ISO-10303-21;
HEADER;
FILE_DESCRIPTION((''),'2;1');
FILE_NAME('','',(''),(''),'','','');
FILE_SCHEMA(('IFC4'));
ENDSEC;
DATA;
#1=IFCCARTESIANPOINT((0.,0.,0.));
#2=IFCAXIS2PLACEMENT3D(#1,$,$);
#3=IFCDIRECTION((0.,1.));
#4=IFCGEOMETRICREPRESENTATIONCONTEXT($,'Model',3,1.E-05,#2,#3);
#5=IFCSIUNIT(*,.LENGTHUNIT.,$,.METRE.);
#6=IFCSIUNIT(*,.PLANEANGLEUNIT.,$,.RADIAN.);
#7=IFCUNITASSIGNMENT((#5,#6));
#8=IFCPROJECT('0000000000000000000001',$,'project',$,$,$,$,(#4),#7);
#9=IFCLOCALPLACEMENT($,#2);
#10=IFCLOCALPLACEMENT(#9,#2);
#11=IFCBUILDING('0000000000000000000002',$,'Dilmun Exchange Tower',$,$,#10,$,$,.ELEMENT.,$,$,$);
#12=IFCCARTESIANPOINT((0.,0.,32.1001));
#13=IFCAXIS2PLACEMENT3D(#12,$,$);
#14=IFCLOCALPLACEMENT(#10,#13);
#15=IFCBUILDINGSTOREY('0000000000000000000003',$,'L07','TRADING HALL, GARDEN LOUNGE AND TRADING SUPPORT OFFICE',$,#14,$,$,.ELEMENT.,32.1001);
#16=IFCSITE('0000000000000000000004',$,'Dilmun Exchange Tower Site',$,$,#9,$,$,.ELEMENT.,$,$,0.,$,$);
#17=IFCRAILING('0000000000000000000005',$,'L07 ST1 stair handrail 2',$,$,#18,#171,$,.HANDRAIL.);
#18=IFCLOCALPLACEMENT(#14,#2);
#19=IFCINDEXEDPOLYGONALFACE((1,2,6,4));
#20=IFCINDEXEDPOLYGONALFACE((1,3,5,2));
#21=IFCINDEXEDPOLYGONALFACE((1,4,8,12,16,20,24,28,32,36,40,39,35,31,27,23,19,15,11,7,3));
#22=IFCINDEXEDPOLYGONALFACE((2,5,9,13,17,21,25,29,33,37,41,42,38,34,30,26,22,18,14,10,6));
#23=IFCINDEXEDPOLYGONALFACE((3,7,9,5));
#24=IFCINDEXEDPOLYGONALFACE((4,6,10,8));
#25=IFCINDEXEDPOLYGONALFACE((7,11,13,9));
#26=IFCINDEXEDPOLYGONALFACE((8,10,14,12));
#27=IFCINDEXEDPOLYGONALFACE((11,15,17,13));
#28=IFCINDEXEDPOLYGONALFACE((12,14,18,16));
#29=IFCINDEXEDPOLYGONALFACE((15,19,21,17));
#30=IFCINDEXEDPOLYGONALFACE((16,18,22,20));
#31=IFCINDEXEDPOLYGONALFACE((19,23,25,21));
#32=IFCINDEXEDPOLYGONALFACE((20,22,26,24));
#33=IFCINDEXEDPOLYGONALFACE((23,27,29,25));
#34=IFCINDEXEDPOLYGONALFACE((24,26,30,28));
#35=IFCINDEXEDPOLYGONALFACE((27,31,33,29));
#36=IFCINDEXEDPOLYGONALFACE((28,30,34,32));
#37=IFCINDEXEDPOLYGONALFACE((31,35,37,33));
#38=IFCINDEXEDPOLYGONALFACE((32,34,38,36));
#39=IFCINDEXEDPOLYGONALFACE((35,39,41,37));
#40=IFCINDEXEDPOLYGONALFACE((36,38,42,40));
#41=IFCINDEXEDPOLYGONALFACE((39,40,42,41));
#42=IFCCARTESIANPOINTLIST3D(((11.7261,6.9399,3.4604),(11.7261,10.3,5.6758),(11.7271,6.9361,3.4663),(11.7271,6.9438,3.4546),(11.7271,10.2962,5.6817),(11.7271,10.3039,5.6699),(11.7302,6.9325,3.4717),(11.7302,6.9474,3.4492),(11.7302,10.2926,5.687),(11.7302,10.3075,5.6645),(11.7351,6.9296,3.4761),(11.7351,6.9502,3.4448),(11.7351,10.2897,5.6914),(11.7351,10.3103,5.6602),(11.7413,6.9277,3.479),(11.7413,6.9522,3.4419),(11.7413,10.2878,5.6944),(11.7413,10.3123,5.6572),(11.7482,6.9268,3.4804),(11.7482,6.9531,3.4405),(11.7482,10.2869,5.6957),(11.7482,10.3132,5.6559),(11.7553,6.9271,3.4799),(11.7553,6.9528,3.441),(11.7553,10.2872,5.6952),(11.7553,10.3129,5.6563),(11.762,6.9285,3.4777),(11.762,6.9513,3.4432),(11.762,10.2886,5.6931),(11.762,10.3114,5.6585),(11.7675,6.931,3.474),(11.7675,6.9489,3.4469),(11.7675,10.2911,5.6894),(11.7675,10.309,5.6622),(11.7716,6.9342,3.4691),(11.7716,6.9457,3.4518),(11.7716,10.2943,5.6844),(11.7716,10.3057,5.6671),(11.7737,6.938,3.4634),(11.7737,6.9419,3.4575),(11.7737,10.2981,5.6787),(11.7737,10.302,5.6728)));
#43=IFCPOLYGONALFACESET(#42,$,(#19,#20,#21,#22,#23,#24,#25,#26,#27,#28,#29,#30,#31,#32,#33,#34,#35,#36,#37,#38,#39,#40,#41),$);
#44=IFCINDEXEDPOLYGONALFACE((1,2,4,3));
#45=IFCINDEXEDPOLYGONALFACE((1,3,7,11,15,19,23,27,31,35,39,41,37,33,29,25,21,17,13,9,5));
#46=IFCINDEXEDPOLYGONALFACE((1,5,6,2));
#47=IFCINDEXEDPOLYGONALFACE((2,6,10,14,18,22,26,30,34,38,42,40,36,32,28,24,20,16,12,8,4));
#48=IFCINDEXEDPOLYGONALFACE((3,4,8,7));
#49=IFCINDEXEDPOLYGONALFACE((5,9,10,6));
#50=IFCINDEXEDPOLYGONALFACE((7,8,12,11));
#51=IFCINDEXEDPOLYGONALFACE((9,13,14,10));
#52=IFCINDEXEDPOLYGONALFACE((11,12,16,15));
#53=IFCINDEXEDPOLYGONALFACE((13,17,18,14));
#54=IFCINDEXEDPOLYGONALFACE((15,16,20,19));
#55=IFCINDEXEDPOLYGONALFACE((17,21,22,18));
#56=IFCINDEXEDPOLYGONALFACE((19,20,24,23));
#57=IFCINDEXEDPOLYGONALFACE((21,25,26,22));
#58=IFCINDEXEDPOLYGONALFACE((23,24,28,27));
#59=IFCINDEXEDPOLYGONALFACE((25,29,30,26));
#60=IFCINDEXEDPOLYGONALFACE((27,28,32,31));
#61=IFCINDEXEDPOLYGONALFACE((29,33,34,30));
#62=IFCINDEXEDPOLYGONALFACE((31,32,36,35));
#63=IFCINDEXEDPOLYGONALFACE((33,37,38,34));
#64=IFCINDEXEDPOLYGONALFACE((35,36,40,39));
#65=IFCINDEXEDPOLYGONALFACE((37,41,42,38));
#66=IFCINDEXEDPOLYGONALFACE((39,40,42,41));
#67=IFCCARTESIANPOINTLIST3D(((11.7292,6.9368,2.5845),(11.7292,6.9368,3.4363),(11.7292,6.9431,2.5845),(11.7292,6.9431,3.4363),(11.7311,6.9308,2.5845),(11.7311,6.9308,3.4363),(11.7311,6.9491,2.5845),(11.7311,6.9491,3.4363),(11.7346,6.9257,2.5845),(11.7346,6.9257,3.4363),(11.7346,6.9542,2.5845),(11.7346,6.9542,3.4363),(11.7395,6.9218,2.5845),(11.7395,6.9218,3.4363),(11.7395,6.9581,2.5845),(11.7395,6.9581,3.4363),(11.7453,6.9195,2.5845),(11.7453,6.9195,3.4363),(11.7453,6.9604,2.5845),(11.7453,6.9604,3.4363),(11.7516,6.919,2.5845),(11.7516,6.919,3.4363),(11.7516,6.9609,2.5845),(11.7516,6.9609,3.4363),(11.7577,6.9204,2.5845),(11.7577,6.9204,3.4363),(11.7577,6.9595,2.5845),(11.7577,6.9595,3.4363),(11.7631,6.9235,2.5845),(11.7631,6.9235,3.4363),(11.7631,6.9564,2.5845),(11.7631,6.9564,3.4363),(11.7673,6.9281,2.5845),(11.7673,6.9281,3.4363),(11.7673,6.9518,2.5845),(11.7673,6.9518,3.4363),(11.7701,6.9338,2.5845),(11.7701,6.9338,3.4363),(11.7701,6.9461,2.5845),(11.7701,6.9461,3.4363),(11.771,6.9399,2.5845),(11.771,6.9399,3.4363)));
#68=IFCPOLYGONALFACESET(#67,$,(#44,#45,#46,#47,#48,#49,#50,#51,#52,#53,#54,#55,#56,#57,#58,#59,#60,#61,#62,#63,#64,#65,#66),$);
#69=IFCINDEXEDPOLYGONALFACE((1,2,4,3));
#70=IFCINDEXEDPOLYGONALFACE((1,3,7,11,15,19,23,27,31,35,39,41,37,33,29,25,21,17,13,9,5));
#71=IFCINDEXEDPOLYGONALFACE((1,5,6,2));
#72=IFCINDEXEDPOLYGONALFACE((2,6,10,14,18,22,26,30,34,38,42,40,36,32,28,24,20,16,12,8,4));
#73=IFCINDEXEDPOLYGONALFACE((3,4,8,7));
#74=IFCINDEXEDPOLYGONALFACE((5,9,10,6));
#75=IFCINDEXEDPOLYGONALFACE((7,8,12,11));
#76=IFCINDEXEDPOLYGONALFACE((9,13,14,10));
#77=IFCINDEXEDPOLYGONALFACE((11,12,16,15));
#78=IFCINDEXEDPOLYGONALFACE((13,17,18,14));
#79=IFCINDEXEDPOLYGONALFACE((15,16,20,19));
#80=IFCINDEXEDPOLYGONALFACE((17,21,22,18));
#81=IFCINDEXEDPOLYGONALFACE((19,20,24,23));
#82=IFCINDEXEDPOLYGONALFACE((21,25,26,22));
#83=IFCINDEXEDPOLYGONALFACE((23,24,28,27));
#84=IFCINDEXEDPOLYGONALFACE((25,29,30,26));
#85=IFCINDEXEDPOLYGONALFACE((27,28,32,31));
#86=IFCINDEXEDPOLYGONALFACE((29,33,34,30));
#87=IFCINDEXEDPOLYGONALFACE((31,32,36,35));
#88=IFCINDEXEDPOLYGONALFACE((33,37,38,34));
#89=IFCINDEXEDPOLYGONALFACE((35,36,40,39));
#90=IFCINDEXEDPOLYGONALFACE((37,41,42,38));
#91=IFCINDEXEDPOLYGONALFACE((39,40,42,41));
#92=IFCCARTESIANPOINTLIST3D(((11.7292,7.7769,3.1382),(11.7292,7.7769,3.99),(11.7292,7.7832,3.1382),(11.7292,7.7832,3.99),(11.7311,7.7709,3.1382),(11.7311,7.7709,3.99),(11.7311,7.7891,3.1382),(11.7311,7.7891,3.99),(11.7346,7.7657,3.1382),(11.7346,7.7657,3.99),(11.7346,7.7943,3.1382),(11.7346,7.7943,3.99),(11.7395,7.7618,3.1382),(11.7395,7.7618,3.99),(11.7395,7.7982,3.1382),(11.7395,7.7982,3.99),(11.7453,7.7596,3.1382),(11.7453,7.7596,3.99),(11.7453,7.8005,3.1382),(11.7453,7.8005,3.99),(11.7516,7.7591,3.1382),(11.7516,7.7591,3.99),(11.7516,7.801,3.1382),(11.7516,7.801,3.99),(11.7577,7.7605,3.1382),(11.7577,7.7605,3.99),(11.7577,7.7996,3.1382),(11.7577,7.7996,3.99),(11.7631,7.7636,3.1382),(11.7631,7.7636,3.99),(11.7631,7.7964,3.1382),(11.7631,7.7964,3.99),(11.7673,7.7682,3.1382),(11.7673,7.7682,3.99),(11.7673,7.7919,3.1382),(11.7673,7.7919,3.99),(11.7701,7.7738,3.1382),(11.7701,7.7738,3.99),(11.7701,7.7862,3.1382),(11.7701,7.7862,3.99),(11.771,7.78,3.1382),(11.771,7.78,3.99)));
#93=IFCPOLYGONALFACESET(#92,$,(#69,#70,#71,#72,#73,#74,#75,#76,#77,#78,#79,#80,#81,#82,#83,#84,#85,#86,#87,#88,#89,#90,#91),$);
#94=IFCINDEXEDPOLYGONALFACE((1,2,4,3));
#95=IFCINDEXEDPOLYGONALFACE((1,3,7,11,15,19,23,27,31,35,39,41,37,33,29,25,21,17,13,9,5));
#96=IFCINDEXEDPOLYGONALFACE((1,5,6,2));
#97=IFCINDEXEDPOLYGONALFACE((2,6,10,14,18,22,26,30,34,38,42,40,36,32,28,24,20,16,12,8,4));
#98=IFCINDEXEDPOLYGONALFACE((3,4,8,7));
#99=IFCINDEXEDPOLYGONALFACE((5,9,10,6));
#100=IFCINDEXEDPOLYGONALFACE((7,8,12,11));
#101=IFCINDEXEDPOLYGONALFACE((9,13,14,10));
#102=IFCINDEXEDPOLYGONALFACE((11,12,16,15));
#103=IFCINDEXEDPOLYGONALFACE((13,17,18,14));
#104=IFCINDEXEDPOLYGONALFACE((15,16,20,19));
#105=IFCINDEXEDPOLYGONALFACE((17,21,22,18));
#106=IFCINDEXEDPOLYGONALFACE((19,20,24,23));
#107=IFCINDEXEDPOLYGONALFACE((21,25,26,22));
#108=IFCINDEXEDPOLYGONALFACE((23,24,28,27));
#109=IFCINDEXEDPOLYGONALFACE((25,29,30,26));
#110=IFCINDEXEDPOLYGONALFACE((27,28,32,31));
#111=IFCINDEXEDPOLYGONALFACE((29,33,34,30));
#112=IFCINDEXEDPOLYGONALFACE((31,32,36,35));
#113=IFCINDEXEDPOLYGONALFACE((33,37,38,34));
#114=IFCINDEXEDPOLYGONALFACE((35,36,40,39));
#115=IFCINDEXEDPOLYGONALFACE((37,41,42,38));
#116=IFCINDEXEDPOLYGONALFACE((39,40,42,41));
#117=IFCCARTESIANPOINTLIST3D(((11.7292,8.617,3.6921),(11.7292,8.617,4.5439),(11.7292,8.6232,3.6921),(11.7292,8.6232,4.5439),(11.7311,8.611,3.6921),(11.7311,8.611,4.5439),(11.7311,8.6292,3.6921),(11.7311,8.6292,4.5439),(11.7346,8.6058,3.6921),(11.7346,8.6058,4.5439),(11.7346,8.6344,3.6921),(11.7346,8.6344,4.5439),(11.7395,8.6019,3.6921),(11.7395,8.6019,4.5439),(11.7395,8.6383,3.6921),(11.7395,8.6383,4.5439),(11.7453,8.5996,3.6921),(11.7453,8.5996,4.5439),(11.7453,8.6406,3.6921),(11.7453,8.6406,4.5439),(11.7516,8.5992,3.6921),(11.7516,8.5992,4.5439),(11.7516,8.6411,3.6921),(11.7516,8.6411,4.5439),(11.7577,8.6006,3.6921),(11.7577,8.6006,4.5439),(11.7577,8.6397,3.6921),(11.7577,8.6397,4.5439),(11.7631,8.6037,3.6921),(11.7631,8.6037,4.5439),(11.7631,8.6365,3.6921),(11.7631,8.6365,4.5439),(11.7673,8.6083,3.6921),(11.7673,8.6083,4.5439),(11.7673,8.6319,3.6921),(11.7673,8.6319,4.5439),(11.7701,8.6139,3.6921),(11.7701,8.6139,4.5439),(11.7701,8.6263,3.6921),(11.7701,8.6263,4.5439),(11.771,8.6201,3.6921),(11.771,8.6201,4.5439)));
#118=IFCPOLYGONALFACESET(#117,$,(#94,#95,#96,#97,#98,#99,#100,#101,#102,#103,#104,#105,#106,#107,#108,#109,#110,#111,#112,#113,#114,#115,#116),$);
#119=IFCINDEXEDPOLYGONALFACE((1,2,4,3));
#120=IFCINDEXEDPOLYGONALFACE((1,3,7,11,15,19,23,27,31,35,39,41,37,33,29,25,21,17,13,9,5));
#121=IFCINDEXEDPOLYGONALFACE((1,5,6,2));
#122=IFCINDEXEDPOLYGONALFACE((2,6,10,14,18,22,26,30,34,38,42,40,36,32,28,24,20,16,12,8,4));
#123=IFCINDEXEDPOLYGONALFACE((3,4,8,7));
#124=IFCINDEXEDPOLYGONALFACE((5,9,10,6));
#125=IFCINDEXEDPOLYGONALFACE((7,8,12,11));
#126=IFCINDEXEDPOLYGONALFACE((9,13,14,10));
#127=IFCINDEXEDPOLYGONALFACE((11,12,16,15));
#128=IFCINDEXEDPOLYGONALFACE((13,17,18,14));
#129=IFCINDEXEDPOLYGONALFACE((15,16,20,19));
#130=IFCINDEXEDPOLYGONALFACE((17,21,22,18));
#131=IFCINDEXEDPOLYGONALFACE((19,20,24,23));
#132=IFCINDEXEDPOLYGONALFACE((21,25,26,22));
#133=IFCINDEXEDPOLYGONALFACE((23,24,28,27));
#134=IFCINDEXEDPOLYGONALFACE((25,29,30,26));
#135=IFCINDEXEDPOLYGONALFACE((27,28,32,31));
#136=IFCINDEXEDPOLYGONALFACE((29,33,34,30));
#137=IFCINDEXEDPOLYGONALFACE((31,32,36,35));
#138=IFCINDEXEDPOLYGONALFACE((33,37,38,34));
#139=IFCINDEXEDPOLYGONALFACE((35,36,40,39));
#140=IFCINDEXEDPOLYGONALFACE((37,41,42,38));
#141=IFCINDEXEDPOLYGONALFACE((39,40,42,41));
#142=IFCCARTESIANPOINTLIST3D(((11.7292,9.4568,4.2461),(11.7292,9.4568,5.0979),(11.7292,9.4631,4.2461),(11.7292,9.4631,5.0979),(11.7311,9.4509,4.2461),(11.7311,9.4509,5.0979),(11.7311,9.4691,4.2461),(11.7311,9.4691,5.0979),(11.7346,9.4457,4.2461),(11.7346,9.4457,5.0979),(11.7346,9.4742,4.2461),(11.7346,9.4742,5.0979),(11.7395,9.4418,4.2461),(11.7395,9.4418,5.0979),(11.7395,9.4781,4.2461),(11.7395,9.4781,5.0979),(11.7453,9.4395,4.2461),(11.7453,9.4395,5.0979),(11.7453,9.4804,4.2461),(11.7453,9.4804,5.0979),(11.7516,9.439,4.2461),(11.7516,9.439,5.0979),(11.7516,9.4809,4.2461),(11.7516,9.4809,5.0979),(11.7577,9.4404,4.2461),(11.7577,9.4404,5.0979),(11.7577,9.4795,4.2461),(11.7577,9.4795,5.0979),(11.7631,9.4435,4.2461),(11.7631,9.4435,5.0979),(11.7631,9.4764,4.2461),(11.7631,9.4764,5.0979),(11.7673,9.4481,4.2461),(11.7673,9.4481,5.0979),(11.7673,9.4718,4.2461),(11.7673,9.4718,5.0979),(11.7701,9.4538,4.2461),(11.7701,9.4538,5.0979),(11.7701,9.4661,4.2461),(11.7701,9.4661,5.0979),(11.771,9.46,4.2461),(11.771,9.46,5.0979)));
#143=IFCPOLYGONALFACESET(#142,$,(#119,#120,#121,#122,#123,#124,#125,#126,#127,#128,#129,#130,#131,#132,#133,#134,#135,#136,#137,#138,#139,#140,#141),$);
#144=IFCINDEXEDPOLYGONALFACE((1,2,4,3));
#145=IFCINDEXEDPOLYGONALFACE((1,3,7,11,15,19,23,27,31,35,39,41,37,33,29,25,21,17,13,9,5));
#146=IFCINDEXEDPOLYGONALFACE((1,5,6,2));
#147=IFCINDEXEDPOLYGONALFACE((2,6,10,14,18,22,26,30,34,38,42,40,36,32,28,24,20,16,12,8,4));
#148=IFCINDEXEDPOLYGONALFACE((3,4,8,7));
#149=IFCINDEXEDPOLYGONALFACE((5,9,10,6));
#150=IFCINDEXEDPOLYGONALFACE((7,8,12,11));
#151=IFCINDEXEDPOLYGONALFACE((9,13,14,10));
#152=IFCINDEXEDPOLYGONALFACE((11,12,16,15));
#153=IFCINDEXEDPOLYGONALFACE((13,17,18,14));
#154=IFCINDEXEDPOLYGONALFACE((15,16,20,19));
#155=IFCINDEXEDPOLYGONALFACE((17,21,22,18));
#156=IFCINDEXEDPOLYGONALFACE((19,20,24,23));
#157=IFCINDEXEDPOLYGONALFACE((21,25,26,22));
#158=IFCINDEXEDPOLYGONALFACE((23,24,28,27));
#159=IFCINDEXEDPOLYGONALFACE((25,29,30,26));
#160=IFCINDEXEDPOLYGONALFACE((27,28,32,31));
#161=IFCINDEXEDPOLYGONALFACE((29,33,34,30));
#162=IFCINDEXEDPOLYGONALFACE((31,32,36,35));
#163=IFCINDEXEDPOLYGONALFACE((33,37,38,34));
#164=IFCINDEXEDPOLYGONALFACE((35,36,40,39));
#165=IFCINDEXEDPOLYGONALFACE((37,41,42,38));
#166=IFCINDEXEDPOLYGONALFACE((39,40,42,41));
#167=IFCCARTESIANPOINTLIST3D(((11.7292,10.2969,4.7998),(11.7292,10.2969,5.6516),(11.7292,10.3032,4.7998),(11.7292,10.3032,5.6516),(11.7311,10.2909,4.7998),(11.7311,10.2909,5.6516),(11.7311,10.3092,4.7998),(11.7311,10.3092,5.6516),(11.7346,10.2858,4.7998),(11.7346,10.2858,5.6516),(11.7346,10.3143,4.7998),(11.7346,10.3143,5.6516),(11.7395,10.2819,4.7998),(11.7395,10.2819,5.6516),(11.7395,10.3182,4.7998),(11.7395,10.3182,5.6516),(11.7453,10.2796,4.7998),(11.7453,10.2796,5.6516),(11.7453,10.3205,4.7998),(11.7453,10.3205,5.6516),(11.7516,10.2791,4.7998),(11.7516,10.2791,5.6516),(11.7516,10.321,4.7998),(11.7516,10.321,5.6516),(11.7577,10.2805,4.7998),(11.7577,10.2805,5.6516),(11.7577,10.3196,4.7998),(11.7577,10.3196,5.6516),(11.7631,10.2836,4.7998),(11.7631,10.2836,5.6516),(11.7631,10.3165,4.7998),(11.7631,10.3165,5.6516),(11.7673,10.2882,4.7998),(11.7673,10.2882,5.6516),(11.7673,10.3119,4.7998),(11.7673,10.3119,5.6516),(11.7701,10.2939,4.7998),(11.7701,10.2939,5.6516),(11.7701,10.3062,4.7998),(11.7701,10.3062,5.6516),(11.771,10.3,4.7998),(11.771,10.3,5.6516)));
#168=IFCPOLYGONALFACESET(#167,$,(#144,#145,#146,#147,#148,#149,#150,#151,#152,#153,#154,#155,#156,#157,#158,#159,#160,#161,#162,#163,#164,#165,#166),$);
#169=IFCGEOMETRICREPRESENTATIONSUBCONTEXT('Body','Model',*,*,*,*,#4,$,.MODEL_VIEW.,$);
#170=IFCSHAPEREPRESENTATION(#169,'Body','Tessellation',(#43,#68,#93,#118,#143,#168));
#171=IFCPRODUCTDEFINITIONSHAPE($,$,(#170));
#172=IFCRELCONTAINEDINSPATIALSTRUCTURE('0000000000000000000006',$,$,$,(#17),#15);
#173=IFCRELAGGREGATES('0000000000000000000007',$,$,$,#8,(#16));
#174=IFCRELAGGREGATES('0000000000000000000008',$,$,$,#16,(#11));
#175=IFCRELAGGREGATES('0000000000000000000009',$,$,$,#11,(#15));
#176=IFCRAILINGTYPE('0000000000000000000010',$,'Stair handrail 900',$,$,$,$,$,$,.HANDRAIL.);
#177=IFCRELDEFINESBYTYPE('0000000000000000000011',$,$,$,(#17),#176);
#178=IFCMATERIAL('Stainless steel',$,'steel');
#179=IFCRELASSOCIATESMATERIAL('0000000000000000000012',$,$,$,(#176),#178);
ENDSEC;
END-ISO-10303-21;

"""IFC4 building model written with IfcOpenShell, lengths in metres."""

from ifc_helpers import new_model, si_unit, direction, frame, origin, origin_2d, place, context, subcontext, project, spatial, circle, extrude, material, type_object, element, save


model = new_model("IFC4")

# Units and contexts
model_context = context("Model", 3, precision=1e-05, world=origin(), true_north=direction((0.0, 1.0)))
body_context = subcontext(model_context, "Body", "Model", "MODEL_VIEW")
ifc_project = project(units=[si_unit("LENGTHUNIT", "METRE"), si_unit("PLANEANGLEUNIT", "RADIAN")], contexts=[model_context])

# Site, building, storey
site_placement = place(None, origin())
site = spatial("IfcSite", under=ifc_project, at=site_placement, Name="Dilmun Exchange Tower Site", CompositionType="ELEMENT", RefElevation=0.0)
building_placement = place(site_placement, origin())
building = spatial("IfcBuilding", under=site, at=building_placement, Name="Dilmun Exchange Tower", CompositionType="ELEMENT")
storey_placement = place(building_placement, frame((0.0, 0.0, 32.1001)))
storey = spatial("IfcBuildingStorey", under=building, at=storey_placement, Name="L07", Description="TRADING HALL, GARDEN LOUNGE AND TRADING SUPPORT OFFICE", CompositionType="ELEMENT", Elevation=32.1001)

# Railing
ifc_material_1 = material(Name="Stainless steel", Category="steel")
railing_type = type_object("IfcRailingType", Name="Stair handrail 900", PredefinedType="HANDRAIL", material=ifc_material_1)
railing_placement = place(storey_placement, frame((11.75, 6.9399, 2.5845)))
element("IfcRailing", 1, at=railing_placement, inside=storey, type_object=railing_type, Name="L07 ST1 stair handrail 2", PredefinedType="HANDRAIL", context=body_context, shape_type="SweptSolid", body=[
    extrude(circle(Radius=0.0239, at=origin_2d()), frame((0.0, 0.0, 0.876), z_axis=(0.0, 0.834876, 0.550437), x_axis=(-1.0, 0.0, 0.0)), (0.0, 0.0, 1.0), 4.0247),
    extrude(circle(Radius=0.021, at=origin_2d()), origin(), (0.0, 0.0, 1.0), 0.8518),
    extrude(circle(Radius=0.021, at=origin_2d()), frame((0.0, 0.8401, 0.5537)), (0.0, 0.0, 1.0), 0.8518),
    extrude(circle(Radius=0.021, at=origin_2d()), frame((0.0, 1.6802, 1.1077)), (0.0, 0.0, 1.0), 0.8518),
    extrude(circle(Radius=0.021, at=origin_2d()), frame((0.0, 2.52, 1.6616)), (0.0, 0.0, 1.0), 0.8518),
    extrude(circle(Radius=0.021, at=origin_2d()), frame((0.0, 3.3601, 2.2153)), (0.0, 0.0, 1.0), 0.8518),
])

save(model, "model.ifc")
